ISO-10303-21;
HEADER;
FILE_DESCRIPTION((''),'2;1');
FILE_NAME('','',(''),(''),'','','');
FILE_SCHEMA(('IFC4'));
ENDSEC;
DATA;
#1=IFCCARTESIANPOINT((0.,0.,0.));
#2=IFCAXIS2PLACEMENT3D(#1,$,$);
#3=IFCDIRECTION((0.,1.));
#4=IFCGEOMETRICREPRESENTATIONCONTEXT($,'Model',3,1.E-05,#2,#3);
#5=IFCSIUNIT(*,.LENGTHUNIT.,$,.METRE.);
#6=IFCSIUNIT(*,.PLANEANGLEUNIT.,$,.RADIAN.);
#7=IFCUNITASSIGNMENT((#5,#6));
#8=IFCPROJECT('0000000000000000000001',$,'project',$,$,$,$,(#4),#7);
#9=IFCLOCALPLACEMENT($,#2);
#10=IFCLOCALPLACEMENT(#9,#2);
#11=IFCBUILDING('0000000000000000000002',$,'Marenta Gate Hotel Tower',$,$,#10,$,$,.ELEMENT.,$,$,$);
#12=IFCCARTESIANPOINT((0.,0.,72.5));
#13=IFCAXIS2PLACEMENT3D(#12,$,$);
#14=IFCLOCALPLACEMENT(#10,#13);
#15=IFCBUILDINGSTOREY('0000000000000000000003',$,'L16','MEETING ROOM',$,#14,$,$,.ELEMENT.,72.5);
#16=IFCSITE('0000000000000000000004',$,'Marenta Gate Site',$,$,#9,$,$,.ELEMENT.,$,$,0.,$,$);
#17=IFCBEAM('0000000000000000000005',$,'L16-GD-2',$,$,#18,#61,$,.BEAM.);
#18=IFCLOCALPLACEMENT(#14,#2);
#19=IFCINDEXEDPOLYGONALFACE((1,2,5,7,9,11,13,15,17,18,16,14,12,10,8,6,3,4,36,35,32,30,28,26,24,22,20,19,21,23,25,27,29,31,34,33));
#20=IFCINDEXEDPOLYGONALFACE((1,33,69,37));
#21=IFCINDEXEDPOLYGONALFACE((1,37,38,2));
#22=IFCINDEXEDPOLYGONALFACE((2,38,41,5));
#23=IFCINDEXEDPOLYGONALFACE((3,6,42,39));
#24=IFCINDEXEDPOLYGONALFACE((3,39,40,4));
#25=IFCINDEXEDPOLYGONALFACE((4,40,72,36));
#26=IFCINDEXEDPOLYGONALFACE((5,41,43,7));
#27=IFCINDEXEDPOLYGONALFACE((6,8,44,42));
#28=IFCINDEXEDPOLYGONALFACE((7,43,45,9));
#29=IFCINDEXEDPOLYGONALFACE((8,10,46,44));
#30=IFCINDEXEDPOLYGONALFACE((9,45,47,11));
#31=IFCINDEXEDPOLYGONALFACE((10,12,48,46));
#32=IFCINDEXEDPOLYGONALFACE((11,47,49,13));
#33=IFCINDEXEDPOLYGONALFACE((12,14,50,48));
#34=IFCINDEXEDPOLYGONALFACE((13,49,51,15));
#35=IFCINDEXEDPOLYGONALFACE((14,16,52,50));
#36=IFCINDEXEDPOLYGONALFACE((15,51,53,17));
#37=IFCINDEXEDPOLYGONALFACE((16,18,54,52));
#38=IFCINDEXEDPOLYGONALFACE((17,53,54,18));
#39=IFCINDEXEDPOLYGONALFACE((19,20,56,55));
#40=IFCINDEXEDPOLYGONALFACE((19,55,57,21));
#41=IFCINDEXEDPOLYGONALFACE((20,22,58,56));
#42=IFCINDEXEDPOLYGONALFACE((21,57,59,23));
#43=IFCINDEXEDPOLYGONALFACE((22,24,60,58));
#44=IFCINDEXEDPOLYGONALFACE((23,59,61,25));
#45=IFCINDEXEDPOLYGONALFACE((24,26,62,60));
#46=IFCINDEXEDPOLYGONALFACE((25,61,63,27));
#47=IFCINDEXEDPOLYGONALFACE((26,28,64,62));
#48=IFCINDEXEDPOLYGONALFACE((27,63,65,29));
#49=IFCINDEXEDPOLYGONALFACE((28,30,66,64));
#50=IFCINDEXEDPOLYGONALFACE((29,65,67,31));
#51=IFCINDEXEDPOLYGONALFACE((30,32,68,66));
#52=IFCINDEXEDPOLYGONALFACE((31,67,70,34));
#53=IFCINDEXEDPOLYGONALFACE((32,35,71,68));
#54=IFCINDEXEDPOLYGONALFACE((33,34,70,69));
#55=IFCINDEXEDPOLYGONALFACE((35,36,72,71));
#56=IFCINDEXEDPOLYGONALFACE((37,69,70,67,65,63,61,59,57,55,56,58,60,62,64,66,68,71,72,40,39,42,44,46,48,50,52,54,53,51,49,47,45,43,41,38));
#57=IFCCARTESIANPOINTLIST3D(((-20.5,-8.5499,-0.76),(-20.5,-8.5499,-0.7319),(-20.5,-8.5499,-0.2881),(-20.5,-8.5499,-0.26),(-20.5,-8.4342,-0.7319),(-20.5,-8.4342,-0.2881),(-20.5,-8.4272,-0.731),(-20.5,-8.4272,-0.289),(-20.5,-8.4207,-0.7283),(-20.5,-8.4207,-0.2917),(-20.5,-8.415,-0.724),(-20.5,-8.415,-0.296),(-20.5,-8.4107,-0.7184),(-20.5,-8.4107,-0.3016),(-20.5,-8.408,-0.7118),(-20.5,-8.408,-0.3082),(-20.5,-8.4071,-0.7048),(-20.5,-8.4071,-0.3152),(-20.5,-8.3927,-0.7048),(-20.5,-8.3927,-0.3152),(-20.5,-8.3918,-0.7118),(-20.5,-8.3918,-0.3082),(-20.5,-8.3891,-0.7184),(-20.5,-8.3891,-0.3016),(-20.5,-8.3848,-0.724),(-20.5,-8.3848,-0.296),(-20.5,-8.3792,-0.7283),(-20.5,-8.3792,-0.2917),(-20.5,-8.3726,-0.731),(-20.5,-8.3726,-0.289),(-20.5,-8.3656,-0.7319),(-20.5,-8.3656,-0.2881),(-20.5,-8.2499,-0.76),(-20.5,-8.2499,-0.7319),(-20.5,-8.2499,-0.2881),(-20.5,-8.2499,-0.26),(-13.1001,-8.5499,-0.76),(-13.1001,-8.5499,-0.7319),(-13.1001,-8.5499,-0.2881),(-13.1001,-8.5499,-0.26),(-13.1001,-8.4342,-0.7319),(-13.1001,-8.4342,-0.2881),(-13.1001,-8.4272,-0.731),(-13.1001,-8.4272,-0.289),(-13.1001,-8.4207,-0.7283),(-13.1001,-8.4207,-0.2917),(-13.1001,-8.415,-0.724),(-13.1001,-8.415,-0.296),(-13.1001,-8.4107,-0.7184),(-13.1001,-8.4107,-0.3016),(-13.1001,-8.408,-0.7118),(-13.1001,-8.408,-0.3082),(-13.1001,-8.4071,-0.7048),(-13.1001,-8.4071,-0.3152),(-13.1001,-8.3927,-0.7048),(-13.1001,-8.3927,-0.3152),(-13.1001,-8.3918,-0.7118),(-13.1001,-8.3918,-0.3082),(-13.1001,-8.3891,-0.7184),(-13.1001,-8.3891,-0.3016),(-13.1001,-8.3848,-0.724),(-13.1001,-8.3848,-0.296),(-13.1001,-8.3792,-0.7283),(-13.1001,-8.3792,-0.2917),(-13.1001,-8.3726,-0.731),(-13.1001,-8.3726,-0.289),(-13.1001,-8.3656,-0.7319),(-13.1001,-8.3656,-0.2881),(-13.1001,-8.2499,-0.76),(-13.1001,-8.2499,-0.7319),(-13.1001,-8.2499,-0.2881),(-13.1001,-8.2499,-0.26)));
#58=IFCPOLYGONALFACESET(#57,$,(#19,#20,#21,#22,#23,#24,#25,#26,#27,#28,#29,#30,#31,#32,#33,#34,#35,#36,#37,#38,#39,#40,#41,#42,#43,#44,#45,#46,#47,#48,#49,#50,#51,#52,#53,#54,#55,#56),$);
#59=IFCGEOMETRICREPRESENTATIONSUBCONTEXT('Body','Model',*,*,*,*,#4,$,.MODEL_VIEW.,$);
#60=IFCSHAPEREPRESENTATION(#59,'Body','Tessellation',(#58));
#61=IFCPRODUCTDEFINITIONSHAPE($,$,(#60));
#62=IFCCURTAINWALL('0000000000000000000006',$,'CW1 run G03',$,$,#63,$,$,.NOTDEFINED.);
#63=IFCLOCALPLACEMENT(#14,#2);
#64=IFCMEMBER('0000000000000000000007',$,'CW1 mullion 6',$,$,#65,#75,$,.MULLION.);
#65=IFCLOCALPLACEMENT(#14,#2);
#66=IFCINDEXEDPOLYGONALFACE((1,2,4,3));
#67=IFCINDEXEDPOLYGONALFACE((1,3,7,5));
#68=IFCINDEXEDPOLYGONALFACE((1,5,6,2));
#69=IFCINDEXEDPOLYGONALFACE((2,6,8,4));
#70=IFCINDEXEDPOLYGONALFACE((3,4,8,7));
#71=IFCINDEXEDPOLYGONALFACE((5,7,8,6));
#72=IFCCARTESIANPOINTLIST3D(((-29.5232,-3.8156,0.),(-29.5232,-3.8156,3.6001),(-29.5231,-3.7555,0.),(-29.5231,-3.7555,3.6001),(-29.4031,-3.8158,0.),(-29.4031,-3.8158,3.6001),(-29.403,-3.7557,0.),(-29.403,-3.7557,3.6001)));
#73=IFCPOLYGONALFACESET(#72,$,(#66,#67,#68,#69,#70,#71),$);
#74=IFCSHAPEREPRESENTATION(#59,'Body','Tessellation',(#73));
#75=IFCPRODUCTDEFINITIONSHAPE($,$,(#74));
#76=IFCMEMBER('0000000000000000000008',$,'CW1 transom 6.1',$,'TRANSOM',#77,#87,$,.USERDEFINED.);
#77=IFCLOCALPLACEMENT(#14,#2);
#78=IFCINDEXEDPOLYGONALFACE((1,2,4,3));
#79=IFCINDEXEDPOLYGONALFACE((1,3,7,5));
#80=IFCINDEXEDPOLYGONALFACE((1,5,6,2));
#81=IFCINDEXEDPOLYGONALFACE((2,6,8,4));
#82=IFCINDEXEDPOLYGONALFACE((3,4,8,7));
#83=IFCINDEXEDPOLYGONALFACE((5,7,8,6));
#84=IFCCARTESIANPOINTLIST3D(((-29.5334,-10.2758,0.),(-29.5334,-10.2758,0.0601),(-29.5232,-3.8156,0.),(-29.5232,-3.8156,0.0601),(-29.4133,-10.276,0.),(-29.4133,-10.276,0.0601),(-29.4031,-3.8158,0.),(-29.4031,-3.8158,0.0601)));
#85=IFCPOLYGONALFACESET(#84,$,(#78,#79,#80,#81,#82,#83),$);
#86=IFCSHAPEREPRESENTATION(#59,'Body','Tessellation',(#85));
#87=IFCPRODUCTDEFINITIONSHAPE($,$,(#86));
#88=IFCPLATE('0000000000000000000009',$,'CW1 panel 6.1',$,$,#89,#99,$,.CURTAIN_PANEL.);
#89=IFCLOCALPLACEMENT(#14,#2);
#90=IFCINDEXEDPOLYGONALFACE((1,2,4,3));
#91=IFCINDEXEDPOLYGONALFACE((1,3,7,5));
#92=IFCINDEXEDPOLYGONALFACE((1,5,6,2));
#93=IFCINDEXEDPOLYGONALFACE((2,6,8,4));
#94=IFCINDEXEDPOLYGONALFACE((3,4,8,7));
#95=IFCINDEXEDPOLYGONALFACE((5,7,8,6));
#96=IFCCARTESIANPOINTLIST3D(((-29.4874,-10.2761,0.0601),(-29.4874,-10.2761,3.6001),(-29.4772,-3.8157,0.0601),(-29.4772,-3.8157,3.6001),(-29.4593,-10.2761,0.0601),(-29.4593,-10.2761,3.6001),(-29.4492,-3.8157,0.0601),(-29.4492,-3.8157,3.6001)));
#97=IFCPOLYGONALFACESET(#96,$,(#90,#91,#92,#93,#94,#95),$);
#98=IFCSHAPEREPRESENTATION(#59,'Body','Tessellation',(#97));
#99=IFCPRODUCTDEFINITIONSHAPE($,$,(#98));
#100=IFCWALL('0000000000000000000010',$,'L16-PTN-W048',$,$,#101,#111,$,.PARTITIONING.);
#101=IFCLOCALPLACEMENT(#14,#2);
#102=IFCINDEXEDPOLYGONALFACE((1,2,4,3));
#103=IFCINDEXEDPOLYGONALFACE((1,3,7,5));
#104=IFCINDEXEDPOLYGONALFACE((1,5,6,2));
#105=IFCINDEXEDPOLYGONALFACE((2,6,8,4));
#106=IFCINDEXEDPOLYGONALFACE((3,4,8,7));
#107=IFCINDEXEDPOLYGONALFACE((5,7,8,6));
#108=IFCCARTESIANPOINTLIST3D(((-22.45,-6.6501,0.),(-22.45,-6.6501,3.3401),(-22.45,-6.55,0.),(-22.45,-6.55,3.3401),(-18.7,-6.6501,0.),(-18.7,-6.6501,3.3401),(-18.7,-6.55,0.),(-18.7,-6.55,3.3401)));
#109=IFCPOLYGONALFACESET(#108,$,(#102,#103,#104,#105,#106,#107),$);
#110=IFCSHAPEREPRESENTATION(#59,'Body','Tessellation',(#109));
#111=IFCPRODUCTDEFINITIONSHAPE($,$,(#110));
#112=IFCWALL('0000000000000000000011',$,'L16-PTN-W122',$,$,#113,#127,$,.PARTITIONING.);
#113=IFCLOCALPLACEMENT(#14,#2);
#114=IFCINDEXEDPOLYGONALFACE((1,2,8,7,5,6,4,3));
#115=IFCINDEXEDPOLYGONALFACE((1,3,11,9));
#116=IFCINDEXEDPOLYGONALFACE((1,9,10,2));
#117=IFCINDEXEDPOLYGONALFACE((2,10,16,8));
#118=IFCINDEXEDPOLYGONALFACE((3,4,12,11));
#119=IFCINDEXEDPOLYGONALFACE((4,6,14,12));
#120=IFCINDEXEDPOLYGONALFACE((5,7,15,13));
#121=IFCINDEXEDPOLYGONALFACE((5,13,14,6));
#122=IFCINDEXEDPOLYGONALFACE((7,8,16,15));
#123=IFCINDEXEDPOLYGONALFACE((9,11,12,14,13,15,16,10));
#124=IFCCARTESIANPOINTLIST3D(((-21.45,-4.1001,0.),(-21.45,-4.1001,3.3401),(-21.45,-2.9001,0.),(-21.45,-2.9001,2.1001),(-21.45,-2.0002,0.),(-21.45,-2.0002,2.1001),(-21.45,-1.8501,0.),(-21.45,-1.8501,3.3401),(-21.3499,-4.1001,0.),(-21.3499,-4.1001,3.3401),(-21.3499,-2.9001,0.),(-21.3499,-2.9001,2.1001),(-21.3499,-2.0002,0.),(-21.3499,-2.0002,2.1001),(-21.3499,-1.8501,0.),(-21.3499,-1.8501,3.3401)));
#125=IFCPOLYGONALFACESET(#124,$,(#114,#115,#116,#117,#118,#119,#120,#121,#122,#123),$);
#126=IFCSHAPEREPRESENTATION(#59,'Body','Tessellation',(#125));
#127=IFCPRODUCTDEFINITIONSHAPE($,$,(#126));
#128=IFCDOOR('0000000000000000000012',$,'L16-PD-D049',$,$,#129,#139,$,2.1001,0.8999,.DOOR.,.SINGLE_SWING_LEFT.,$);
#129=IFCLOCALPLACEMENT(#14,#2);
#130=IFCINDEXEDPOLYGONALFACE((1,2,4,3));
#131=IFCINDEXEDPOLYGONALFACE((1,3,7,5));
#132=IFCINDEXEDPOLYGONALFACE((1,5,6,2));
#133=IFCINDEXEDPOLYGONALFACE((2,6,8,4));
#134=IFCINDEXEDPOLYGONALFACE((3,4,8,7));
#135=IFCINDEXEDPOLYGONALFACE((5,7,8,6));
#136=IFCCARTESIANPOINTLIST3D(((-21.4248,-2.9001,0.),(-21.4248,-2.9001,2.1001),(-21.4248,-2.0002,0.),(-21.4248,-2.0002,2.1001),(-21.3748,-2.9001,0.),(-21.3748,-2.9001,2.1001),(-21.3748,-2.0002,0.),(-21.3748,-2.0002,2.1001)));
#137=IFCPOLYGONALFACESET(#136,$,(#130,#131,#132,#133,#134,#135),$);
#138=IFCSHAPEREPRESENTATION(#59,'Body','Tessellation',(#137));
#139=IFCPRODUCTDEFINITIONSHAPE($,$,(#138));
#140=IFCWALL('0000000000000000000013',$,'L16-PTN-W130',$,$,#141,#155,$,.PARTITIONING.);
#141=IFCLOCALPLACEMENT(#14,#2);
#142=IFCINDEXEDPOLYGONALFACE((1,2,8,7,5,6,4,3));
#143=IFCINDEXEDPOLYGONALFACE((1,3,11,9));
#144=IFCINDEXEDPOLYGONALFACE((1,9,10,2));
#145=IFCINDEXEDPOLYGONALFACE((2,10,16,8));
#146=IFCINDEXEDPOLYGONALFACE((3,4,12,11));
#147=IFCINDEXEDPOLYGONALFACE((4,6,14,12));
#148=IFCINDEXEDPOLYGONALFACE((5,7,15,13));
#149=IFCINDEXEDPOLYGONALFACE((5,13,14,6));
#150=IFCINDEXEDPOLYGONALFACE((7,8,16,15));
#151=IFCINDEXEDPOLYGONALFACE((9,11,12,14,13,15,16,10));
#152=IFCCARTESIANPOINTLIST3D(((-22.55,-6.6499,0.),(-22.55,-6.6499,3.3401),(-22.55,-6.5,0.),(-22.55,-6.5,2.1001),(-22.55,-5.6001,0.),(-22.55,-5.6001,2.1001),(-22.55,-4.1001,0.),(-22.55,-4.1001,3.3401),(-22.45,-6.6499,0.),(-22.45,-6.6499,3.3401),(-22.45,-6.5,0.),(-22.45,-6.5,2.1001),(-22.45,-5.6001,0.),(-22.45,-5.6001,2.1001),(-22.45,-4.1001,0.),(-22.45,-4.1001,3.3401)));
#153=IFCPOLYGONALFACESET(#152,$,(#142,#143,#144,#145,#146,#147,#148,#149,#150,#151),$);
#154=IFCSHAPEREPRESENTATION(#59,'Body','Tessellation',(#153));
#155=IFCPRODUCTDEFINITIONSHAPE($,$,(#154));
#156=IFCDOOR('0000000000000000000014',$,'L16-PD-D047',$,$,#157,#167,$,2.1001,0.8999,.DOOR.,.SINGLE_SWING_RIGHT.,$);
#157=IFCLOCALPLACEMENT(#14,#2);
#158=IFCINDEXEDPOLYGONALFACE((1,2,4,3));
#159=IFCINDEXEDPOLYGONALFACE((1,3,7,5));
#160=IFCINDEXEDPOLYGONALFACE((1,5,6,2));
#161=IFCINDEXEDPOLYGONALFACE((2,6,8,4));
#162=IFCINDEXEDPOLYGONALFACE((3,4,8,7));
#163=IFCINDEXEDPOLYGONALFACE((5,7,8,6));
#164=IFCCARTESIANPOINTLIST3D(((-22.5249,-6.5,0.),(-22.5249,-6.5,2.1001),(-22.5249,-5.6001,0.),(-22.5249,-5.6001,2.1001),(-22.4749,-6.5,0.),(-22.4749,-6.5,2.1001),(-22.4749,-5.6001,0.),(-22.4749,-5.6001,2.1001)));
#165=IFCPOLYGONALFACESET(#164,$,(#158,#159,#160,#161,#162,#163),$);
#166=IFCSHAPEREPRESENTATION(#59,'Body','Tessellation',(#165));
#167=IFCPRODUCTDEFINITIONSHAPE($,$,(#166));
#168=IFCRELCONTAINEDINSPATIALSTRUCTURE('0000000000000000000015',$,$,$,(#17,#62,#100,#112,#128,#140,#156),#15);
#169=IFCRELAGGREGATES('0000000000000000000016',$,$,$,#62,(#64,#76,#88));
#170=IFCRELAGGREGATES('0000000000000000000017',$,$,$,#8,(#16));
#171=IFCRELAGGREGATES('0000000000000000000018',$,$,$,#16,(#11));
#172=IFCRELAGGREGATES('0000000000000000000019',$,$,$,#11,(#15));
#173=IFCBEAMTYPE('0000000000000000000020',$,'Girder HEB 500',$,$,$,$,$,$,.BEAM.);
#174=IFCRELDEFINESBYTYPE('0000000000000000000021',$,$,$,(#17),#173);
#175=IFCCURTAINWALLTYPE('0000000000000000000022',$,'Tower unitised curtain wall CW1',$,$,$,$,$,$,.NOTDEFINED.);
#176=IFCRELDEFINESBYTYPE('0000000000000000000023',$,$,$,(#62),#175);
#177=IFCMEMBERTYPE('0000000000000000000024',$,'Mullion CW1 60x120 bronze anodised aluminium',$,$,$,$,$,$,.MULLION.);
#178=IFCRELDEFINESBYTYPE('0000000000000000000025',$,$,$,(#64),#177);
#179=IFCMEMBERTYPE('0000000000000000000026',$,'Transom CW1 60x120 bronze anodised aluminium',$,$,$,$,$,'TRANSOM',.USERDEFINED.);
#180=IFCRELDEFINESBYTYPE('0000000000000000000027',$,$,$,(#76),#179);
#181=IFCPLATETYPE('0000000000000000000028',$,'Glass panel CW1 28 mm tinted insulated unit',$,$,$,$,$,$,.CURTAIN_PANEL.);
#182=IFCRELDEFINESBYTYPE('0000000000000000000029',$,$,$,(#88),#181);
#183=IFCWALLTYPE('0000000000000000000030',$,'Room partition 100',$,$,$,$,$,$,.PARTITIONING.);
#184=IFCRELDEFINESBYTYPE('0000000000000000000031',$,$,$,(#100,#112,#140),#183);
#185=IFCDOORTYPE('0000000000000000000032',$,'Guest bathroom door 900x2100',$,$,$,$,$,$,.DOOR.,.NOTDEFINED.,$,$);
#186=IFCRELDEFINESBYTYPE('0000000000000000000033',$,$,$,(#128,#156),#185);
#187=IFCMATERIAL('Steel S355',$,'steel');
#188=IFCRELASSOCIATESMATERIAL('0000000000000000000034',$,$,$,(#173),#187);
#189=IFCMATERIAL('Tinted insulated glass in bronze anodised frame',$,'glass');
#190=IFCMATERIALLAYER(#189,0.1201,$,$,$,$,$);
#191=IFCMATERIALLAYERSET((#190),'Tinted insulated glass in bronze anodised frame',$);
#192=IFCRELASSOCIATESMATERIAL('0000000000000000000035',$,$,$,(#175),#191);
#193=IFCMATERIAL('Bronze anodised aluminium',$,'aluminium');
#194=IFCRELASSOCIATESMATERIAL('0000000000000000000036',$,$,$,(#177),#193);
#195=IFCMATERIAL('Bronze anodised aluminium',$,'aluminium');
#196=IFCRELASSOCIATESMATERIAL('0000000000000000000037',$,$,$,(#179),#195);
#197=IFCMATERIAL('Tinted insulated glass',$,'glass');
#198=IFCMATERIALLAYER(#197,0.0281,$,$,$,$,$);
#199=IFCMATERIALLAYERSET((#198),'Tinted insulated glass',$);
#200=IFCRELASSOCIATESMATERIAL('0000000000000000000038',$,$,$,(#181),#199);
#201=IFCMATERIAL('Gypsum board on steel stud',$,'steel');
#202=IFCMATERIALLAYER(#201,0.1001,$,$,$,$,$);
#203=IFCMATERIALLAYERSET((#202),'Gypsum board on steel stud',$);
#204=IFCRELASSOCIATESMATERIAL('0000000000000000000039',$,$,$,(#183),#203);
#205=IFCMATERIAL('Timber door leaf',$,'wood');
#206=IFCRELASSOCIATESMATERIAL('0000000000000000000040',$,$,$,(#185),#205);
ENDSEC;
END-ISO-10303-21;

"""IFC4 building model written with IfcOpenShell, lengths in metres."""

from ifc_helpers import new_model, si_unit, direction, frame, frame_2d, origin, origin_2d, place, context, subcontext, project, spatial, rectangle, i_section, extrude, material, layer, layer_set, material_profile, profile_set, type_object, element, fill, aggregate, save


model = new_model("IFC4")

# Units and contexts
model_context = context("Model", 3, precision=1e-05, world=origin(), true_north=direction((0.0, 1.0)))
body_context = subcontext(model_context, "Body", "Model", "MODEL_VIEW")
ifc_project = project(units=[si_unit("LENGTHUNIT", "METRE"), si_unit("PLANEANGLEUNIT", "RADIAN")], contexts=[model_context])

# Site, building, storey
site_placement = place(None, origin())
site = spatial("IfcSite", under=ifc_project, at=site_placement, Name="Marenta Gate Site", CompositionType="ELEMENT", RefElevation=0.0)
building_placement = place(site_placement, origin())
building = spatial("IfcBuilding", under=site, at=building_placement, Name="Marenta Gate Hotel Tower", CompositionType="ELEMENT")
storey_placement = place(building_placement, frame((0.0, 0.0, 72.5)))
storey = spatial("IfcBuildingStorey", under=building, at=storey_placement, Name="L16", Description="MEETING ROOM", CompositionType="ELEMENT", Elevation=72.5)

# Beam
ifc_material_1 = material(Name="Steel S355", Category="steel")
ifc_material_profile_1 = material_profile(ifc_material_1, i_section(OverallWidth=0.3, OverallDepth=0.5, WebThickness=0.0144, FlangeThickness=0.0281, FilletRadius=0.0271, at=origin_2d()), Name="HEB 500")
ifc_profile_set_1 = profile_set([ifc_material_profile_1], Name="Steel S355")
beam_type_1 = type_object("IfcBeamType", Name="Girder HEB 500", PredefinedType="BEAM", material=ifc_profile_set_1)
beam_1_placement = place(storey_placement, frame((-20.5, -8.3999, -0.51), z_axis=(1.0, 0.0, 0.0), x_axis=(0.0, 1.0, 0.0)))
element("IfcBeam", 1, at=beam_1_placement, inside=storey, type_object=beam_type_1, Name="L16-GD-2", PredefinedType="BEAM", context=body_context, shape_type="SweptSolid", body=[
    extrude(i_section(OverallWidth=0.3, OverallDepth=0.5, WebThickness=0.0144, FlangeThickness=0.0281, FilletRadius=0.0271, at=origin_2d()), origin(), (0.0, 0.0, 1.0), 7.3999),
])

# Curtain wall, members, plate
ifc_material_2 = material(Name="Tinted insulated glass in bronze anodised frame", Category="glass")
ifc_layer_1 = layer(ifc_material_2, 0.1201)
ifc_layer_set_1 = layer_set([ifc_layer_1], Name="Tinted insulated glass in bronze anodised frame")
curtain_wall_type = type_object("IfcCurtainWallType", Name="Tower unitised curtain wall CW1", PredefinedType="NOTDEFINED", material=ifc_layer_set_1)
curtain_wall_placement = place(storey_placement, origin())
curtain_wall = element("IfcCurtainWall", 2, at=curtain_wall_placement, inside=storey, type_object=curtain_wall_type, Name="CW1 run G03", PredefinedType="NOTDEFINED")
ifc_material_3 = material(Name="Bronze anodised aluminium", Category="aluminium")
ifc_material_profile_2 = material_profile(ifc_material_3, rectangle(XDim=0.1201, YDim=0.0601, at=origin_2d()), Name="Mullion CW1 60x120 bronze anodised aluminium")
ifc_profile_set_2 = profile_set([ifc_material_profile_2], Name="Bronze anodised aluminium")
member_type_1 = type_object("IfcMemberType", Name="Mullion CW1 60x120 bronze anodised aluminium", PredefinedType="MULLION", material=ifc_profile_set_2)
member_1_placement = place(storey_placement, frame((-29.4631, -3.7856, 0.0), z_axis=(0.0, 0.0, 1.0), x_axis=(0.999999, -0.001566, 0.0)))
member_1 = element("IfcMember", 3, at=member_1_placement, type_object=member_type_1, Name="CW1 mullion 6", PredefinedType="MULLION", context=body_context, shape_type="SweptSolid", body=[
    extrude(rectangle(XDim=0.1201, YDim=0.0601, at=origin_2d()), origin(), (0.0, 0.0, 1.0), 3.6001),
])
ifc_material_4 = material(Name="Bronze anodised aluminium", Category="aluminium")
ifc_material_profile_3 = material_profile(ifc_material_4, rectangle(XDim=0.1201, YDim=0.0601, at=origin_2d()), Name="Transom CW1 60x120 bronze anodised aluminium")
ifc_profile_set_3 = profile_set([ifc_material_profile_3], Name="Bronze anodised aluminium")
member_type_2 = type_object("IfcMemberType", Name="Transom CW1 60x120 bronze anodised aluminium", ElementType="TRANSOM", PredefinedType="USERDEFINED", material=ifc_profile_set_3)
member_2_placement = place(storey_placement, frame((-29.4631, -3.8157, 0.03), z_axis=(-0.001587, -0.999999, 0.0), x_axis=(0.999999, -0.001587, 0.0)))
member_2 = element("IfcMember", 4, at=member_2_placement, type_object=member_type_2, Name="CW1 transom 6.1", ObjectType="TRANSOM", PredefinedType="USERDEFINED", context=body_context, shape_type="SweptSolid", body=[
    extrude(rectangle(XDim=0.1201, YDim=0.0601, at=origin_2d()), origin(), (0.0, 0.0, 1.0), 6.4602),
])
ifc_material_5 = material(Name="Tinted insulated glass", Category="glass")
ifc_layer_2 = layer(ifc_material_5, 0.0281)
ifc_layer_set_2 = layer_set([ifc_layer_2], Name="Tinted insulated glass")
plate_type = type_object("IfcPlateType", Name="Glass panel CW1 28 mm tinted insulated unit", PredefinedType="CURTAIN_PANEL", material=ifc_layer_set_2)
plate_placement = place(storey_placement, frame((-29.4683, -7.0459, 0.0601), z_axis=(0.0, 0.0, 1.0), x_axis=(-0.001566, -0.999999, 0.0)))
plate = element("IfcPlate", 5, at=plate_placement, type_object=plate_type, Name="CW1 panel 6.1", PredefinedType="CURTAIN_PANEL", context=body_context, shape_type="SweptSolid", body=[
    extrude(rectangle(XDim=6.4604, YDim=0.0281, at=origin_2d()), origin(), (0.0, 0.0, 1.0), 3.54),
])
aggregate(curtain_wall, [member_1, member_2, plate])

# Wall
ifc_material_6 = material(Name="Gypsum board on steel stud", Category="steel")
ifc_layer_3 = layer(ifc_material_6, 0.1001)
ifc_layer_set_3 = layer_set([ifc_layer_3], Name="Gypsum board on steel stud")
wall_type_1 = type_object("IfcWallType", Name="Room partition 100", PredefinedType="PARTITIONING", material=ifc_layer_set_3)
wall_1_placement = place(storey_placement, frame((-22.45, -6.6001, 0.0), z_axis=(0.0, 0.0, 1.0), x_axis=(1.0, 0.0, 0.0)))
element("IfcWall", 6, at=wall_1_placement, inside=storey, type_object=wall_type_1, Name="L16-PTN-W048", PredefinedType="PARTITIONING", context=body_context, shape_type="SweptSolid", body=[
    extrude(rectangle(XDim=3.75, YDim=0.1001, at=frame_2d((1.875, 0.0))), origin(), (0.0, 0.0, 1.0), 3.3401),
])

# Walls, openings, doors
wall_2_placement = place(storey_placement, frame((-21.3999, -4.1001, 0.0), z_axis=(0.0, 0.0, 1.0), x_axis=(0.0, 1.0, 0.0)))
wall_2 = element("IfcWall", 7, at=wall_2_placement, inside=storey, type_object=wall_type_1, Name="L16-PTN-W122", PredefinedType="PARTITIONING", context=body_context, shape_type="SweptSolid", body=[
    extrude(rectangle(XDim=2.25, YDim=0.1001, at=frame_2d((1.125, 0.0))), origin(), (0.0, 0.0, 1.0), 3.3401),
])
opening_1_placement = place(wall_2_placement, frame((1.2, 0.0, 0.0)))
opening_1 = element("IfcOpeningElement", 8, at=opening_1_placement, cuts=wall_2, PredefinedType="OPENING", context=body_context, shape_type="SweptSolid", body=[
    extrude(rectangle(XDim=0.8999, YDim=2.1001, at=frame_2d((0.45, 1.05))), frame((0.0, 0.05, 0.0), z_axis=(0.0, -1.0, 0.0), x_axis=(1.0, 0.0, 0.0)), (0.0, 0.0, 1.0), 0.1001),
])
ifc_material_7 = material(Name="Timber door leaf", Category="wood")
door_type = type_object("IfcDoorType", Name="Guest bathroom door 900x2100", OperationType="NOTDEFINED", PredefinedType="DOOR", material=ifc_material_7)
door_1_placement = place(opening_1_placement, origin())
door_1 = element("IfcDoor", 9, at=door_1_placement, inside=storey, type_object=door_type, Name="L16-PD-D049", OperationType="SINGLE_SWING_LEFT", OverallHeight=2.1001, OverallWidth=0.8999, PredefinedType="DOOR", context=body_context, shape_type="SweptSolid", body=[
    extrude(rectangle(XDim=0.8999, YDim=2.1001, at=frame_2d((0.45, 1.05))), frame((0.0, 0.0249, 0.0), z_axis=(0.0, -1.0, 0.0), x_axis=(1.0, 0.0, 0.0)), (0.0, 0.0, 1.0), 0.05),
])
fill(opening_1, door_1)
wall_3_placement = place(storey_placement, frame((-22.5, -6.6499, 0.0), z_axis=(0.0, 0.0, 1.0), x_axis=(0.0, 1.0, 0.0)))
wall_3 = element("IfcWall", 10, at=wall_3_placement, inside=storey, type_object=wall_type_1, Name="L16-PTN-W130", PredefinedType="PARTITIONING", context=body_context, shape_type="SweptSolid", body=[
    extrude(rectangle(XDim=2.5498, YDim=0.1001, at=frame_2d((1.2749, 0.0))), origin(), (0.0, 0.0, 1.0), 3.3401),
])
opening_2_placement = place(wall_3_placement, frame((0.1499, 0.0, 0.0)))
opening_2 = element("IfcOpeningElement", 11, at=opening_2_placement, cuts=wall_3, PredefinedType="OPENING", context=body_context, shape_type="SweptSolid", body=[
    extrude(rectangle(XDim=0.8999, YDim=2.1001, at=frame_2d((0.45, 1.05))), frame((0.0, 0.05, 0.0), z_axis=(0.0, -1.0, 0.0), x_axis=(1.0, 0.0, 0.0)), (0.0, 0.0, 1.0), 0.1001),
])
door_2_placement = place(opening_2_placement, origin())
door_2 = element("IfcDoor", 12, at=door_2_placement, inside=storey, type_object=door_type, Name="L16-PD-D047", OperationType="SINGLE_SWING_RIGHT", OverallHeight=2.1001, OverallWidth=0.8999, PredefinedType="DOOR", context=body_context, shape_type="SweptSolid", body=[
    extrude(rectangle(XDim=0.8999, YDim=2.1001, at=frame_2d((0.45, 1.05))), frame((0.0, 0.0249, 0.0), z_axis=(0.0, -1.0, 0.0), x_axis=(1.0, 0.0, 0.0)), (0.0, 0.0, 1.0), 0.05),
])
fill(opening_2, door_2)

save(model, "model.ifc")
